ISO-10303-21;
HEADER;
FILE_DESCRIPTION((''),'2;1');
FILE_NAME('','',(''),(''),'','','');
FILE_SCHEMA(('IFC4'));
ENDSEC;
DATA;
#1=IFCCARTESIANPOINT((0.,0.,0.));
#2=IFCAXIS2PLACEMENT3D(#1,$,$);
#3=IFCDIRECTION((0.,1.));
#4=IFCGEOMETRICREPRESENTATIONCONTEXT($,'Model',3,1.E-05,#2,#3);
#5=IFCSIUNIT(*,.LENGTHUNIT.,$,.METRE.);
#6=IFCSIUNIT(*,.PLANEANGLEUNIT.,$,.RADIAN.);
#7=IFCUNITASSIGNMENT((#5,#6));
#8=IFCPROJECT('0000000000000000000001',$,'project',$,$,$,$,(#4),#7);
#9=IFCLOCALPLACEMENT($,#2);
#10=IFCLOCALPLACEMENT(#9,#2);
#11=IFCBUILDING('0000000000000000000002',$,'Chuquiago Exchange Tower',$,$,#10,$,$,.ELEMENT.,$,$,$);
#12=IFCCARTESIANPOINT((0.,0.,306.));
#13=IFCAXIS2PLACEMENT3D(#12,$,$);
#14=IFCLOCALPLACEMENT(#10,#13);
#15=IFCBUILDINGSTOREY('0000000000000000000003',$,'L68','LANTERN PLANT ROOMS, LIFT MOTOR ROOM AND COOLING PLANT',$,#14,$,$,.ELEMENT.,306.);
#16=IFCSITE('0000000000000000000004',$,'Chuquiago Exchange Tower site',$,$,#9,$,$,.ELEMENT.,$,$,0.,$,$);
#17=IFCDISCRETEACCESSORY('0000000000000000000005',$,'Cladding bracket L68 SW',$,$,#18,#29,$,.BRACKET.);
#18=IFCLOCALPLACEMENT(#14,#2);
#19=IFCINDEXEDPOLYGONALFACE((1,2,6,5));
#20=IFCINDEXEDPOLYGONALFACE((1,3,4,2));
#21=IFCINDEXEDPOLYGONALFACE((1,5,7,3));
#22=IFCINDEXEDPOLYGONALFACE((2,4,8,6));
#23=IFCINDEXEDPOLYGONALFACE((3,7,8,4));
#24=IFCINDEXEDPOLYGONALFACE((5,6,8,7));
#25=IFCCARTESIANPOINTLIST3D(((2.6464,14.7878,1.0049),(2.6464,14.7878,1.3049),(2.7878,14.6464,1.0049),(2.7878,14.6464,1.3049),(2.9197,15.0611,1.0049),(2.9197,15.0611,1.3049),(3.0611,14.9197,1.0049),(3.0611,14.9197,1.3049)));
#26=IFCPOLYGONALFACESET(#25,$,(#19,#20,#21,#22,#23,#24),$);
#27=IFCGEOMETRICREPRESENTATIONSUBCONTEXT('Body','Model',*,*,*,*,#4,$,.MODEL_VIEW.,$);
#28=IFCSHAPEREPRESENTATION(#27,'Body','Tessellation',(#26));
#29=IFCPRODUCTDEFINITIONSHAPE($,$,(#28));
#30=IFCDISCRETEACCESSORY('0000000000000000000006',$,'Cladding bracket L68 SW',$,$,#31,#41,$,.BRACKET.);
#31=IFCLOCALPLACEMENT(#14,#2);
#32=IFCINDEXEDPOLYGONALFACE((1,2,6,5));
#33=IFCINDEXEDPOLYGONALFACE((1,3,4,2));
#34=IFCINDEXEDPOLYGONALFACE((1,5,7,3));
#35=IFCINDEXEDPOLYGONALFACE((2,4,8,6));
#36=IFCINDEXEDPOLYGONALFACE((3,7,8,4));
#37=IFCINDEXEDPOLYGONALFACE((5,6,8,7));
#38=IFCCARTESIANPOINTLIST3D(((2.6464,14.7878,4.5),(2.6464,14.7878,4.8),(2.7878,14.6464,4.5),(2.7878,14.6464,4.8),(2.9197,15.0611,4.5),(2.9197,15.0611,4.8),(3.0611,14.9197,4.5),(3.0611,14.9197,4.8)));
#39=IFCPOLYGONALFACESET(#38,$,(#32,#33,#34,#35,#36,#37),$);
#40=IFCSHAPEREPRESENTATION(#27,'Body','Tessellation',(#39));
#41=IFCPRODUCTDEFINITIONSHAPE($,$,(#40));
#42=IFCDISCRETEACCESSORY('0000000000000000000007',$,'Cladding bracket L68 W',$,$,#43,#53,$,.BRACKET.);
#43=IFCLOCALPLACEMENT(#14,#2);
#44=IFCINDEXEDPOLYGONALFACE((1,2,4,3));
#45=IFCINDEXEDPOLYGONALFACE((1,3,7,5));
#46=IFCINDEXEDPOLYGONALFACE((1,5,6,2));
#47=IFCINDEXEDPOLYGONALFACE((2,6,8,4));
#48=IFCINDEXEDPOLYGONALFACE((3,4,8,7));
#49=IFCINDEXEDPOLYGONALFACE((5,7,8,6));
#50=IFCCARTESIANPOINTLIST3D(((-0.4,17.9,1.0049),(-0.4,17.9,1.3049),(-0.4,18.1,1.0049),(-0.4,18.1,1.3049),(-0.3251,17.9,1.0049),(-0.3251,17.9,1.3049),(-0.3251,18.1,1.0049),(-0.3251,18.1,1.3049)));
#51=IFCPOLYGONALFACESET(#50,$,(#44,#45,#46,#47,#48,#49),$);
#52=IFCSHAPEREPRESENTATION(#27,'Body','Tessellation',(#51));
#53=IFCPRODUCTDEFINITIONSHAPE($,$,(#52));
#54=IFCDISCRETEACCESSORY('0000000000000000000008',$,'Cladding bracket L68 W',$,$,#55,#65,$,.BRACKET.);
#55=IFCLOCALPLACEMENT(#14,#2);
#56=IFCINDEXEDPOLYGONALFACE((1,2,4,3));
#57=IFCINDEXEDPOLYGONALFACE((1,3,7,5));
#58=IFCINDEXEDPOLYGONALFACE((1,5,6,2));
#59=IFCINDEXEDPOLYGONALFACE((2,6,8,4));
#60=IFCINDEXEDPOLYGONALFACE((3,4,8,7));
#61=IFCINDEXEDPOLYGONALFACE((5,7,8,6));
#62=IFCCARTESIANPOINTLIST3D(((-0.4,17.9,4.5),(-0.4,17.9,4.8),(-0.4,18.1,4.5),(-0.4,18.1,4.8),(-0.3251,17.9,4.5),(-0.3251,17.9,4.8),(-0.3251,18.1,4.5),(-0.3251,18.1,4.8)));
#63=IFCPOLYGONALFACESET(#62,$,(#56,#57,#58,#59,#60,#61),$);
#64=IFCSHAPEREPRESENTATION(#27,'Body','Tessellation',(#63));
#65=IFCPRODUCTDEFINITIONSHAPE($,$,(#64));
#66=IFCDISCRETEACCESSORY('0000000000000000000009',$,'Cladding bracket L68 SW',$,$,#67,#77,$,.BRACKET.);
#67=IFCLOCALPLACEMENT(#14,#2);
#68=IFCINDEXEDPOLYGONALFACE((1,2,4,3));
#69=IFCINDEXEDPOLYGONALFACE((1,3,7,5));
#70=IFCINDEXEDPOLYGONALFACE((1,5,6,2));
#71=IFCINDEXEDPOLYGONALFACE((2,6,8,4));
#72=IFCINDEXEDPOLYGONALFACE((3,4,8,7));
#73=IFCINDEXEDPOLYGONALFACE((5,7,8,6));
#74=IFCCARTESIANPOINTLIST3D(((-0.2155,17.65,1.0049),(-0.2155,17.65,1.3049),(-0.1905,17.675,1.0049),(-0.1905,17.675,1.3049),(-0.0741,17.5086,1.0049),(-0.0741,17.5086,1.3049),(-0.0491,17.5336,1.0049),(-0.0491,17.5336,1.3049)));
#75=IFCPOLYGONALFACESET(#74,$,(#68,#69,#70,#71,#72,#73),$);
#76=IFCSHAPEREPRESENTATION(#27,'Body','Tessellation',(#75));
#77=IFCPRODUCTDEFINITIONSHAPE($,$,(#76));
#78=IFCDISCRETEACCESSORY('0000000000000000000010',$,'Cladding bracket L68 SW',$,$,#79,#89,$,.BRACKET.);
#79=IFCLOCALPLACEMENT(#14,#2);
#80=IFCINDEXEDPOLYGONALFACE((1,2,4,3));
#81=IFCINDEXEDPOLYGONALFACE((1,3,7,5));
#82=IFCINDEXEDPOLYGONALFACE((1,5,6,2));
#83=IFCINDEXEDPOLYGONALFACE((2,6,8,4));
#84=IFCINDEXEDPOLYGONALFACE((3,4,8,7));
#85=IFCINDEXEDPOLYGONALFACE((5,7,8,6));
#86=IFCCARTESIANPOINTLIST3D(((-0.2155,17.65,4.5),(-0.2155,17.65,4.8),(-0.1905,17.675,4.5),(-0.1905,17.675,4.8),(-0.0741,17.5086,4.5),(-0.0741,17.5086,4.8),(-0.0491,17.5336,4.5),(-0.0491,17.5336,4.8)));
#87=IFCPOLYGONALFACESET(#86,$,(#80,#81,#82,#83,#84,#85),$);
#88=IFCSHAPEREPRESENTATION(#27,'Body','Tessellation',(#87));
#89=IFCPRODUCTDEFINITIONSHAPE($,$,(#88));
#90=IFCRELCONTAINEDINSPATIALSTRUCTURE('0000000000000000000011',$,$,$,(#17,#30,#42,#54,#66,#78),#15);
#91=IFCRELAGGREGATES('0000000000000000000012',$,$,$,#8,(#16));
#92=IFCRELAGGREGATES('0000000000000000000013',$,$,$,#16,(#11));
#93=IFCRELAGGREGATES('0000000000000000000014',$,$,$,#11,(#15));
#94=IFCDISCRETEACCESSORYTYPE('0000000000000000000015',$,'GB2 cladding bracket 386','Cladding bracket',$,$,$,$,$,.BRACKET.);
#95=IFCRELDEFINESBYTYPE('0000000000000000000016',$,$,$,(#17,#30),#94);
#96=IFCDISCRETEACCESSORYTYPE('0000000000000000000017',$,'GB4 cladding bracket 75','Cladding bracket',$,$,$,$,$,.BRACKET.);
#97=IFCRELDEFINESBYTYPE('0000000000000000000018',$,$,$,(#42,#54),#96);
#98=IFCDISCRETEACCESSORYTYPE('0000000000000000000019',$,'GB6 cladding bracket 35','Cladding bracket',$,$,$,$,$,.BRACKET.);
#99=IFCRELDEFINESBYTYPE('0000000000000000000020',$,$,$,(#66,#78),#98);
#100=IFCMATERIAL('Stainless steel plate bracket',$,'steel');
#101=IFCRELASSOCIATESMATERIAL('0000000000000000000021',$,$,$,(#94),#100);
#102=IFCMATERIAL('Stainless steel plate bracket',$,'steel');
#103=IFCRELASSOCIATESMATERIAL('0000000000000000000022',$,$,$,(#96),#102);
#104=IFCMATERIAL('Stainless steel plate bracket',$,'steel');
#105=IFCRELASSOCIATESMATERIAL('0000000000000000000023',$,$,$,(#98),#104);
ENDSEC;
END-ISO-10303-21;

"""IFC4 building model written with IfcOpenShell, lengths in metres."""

from ifc_helpers import new_model, si_unit, direction, frame, origin, origin_2d, place, context, subcontext, project, spatial, rectangle, extrude, material, type_object, element, save


model = new_model("IFC4")

# Units and contexts
model_context = context("Model", 3, precision=1e-05, world=origin(), true_north=direction((0.0, 1.0)))
body_context = subcontext(model_context, "Body", "Model", "MODEL_VIEW")
ifc_project = project(units=[si_unit("LENGTHUNIT", "METRE"), si_unit("PLANEANGLEUNIT", "RADIAN")], contexts=[model_context])

# Site, building, storey
site_placement = place(None, origin())
site = spatial("IfcSite", under=ifc_project, at=site_placement, Name="Chuquiago Exchange Tower site", CompositionType="ELEMENT", RefElevation=0.0)
building_placement = place(site_placement, origin())
building = spatial("IfcBuilding", under=site, at=building_placement, Name="Chuquiago Exchange Tower", CompositionType="ELEMENT")
storey_placement = place(building_placement, frame((0.0, 0.0, 306.0)))
storey = spatial("IfcBuildingStorey", under=building, at=storey_placement, Name="L68", Description="LANTERN PLANT ROOMS, LIFT MOTOR ROOM AND COOLING PLANT", CompositionType="ELEMENT", Elevation=306.0)

# Discrete accessories
ifc_material_1 = material(Name="Stainless steel plate bracket", Category="steel")
discrete_accessory_type_1 = type_object("IfcDiscreteAccessoryType", Name="GB2 cladding bracket 386", Description="Cladding bracket", PredefinedType="BRACKET", material=ifc_material_1)
for number, where, z_axis, x_axis, name in (
    (1, (2.8538, 14.8538, 1.0049), (0.0, 0.0, 1.0), (0.707107, -0.707107, 0.0), "Cladding bracket L68 SW"),
    (2, (2.8538, 14.8538, 4.5), (0.0, 0.0, 1.0), (0.707107, -0.707107, 0.0), "Cladding bracket L68 SW"),
):
    element("IfcDiscreteAccessory", number, at=place(storey_placement, frame(where, z_axis=z_axis, x_axis=x_axis)), inside=storey, type_object=discrete_accessory_type_1, Name=name, PredefinedType="BRACKET", context=body_context, shape_type="SweptSolid", body=[
        extrude(rectangle(XDim=0.2, YDim=0.3865, at=origin_2d()), origin(), (0.0, 0.0, 1.0), 0.3),
    ])
ifc_material_2 = material(Name="Stainless steel plate bracket", Category="steel")
discrete_accessory_type_2 = type_object("IfcDiscreteAccessoryType", Name="GB4 cladding bracket 75", Description="Cladding bracket", PredefinedType="BRACKET", material=ifc_material_2)
for number, where, z_axis, x_axis, name in (
    (3, (-0.3625, 18.0, 1.0049), (0.0, 0.0, 1.0), (0.0, -1.0, 0.0), "Cladding bracket L68 W"),
    (4, (-0.3625, 18.0, 4.5), (0.0, 0.0, 1.0), (0.0, -1.0, 0.0), "Cladding bracket L68 W"),
):
    element("IfcDiscreteAccessory", number, at=place(storey_placement, frame(where, z_axis=z_axis, x_axis=x_axis)), inside=storey, type_object=discrete_accessory_type_2, Name=name, PredefinedType="BRACKET", context=body_context, shape_type="SweptSolid", body=[
        extrude(rectangle(XDim=0.2, YDim=0.075, at=origin_2d()), origin(), (0.0, 0.0, 1.0), 0.3),
    ])
ifc_material_3 = material(Name="Stainless steel plate bracket", Category="steel")
discrete_accessory_type_3 = type_object("IfcDiscreteAccessoryType", Name="GB6 cladding bracket 35", Description="Cladding bracket", PredefinedType="BRACKET", material=ifc_material_3)
for number, where, z_axis, x_axis, name in (
    (5, (-0.1323, 17.5918, 1.0049), (0.0, 0.0, 1.0), (0.707107, -0.707107, 0.0), "Cladding bracket L68 SW"),
    (6, (-0.1323, 17.5918, 4.5), (0.0, 0.0, 1.0), (0.707107, -0.707107, 0.0), "Cladding bracket L68 SW"),
):
    element("IfcDiscreteAccessory", number, at=place(storey_placement, frame(where, z_axis=z_axis, x_axis=x_axis)), inside=storey, type_object=discrete_accessory_type_3, Name=name, PredefinedType="BRACKET", context=body_context, shape_type="SweptSolid", body=[
        extrude(rectangle(XDim=0.2, YDim=0.0354, at=origin_2d()), origin(), (0.0, 0.0, 1.0), 0.3),
    ])

save(model, "model.ifc")
